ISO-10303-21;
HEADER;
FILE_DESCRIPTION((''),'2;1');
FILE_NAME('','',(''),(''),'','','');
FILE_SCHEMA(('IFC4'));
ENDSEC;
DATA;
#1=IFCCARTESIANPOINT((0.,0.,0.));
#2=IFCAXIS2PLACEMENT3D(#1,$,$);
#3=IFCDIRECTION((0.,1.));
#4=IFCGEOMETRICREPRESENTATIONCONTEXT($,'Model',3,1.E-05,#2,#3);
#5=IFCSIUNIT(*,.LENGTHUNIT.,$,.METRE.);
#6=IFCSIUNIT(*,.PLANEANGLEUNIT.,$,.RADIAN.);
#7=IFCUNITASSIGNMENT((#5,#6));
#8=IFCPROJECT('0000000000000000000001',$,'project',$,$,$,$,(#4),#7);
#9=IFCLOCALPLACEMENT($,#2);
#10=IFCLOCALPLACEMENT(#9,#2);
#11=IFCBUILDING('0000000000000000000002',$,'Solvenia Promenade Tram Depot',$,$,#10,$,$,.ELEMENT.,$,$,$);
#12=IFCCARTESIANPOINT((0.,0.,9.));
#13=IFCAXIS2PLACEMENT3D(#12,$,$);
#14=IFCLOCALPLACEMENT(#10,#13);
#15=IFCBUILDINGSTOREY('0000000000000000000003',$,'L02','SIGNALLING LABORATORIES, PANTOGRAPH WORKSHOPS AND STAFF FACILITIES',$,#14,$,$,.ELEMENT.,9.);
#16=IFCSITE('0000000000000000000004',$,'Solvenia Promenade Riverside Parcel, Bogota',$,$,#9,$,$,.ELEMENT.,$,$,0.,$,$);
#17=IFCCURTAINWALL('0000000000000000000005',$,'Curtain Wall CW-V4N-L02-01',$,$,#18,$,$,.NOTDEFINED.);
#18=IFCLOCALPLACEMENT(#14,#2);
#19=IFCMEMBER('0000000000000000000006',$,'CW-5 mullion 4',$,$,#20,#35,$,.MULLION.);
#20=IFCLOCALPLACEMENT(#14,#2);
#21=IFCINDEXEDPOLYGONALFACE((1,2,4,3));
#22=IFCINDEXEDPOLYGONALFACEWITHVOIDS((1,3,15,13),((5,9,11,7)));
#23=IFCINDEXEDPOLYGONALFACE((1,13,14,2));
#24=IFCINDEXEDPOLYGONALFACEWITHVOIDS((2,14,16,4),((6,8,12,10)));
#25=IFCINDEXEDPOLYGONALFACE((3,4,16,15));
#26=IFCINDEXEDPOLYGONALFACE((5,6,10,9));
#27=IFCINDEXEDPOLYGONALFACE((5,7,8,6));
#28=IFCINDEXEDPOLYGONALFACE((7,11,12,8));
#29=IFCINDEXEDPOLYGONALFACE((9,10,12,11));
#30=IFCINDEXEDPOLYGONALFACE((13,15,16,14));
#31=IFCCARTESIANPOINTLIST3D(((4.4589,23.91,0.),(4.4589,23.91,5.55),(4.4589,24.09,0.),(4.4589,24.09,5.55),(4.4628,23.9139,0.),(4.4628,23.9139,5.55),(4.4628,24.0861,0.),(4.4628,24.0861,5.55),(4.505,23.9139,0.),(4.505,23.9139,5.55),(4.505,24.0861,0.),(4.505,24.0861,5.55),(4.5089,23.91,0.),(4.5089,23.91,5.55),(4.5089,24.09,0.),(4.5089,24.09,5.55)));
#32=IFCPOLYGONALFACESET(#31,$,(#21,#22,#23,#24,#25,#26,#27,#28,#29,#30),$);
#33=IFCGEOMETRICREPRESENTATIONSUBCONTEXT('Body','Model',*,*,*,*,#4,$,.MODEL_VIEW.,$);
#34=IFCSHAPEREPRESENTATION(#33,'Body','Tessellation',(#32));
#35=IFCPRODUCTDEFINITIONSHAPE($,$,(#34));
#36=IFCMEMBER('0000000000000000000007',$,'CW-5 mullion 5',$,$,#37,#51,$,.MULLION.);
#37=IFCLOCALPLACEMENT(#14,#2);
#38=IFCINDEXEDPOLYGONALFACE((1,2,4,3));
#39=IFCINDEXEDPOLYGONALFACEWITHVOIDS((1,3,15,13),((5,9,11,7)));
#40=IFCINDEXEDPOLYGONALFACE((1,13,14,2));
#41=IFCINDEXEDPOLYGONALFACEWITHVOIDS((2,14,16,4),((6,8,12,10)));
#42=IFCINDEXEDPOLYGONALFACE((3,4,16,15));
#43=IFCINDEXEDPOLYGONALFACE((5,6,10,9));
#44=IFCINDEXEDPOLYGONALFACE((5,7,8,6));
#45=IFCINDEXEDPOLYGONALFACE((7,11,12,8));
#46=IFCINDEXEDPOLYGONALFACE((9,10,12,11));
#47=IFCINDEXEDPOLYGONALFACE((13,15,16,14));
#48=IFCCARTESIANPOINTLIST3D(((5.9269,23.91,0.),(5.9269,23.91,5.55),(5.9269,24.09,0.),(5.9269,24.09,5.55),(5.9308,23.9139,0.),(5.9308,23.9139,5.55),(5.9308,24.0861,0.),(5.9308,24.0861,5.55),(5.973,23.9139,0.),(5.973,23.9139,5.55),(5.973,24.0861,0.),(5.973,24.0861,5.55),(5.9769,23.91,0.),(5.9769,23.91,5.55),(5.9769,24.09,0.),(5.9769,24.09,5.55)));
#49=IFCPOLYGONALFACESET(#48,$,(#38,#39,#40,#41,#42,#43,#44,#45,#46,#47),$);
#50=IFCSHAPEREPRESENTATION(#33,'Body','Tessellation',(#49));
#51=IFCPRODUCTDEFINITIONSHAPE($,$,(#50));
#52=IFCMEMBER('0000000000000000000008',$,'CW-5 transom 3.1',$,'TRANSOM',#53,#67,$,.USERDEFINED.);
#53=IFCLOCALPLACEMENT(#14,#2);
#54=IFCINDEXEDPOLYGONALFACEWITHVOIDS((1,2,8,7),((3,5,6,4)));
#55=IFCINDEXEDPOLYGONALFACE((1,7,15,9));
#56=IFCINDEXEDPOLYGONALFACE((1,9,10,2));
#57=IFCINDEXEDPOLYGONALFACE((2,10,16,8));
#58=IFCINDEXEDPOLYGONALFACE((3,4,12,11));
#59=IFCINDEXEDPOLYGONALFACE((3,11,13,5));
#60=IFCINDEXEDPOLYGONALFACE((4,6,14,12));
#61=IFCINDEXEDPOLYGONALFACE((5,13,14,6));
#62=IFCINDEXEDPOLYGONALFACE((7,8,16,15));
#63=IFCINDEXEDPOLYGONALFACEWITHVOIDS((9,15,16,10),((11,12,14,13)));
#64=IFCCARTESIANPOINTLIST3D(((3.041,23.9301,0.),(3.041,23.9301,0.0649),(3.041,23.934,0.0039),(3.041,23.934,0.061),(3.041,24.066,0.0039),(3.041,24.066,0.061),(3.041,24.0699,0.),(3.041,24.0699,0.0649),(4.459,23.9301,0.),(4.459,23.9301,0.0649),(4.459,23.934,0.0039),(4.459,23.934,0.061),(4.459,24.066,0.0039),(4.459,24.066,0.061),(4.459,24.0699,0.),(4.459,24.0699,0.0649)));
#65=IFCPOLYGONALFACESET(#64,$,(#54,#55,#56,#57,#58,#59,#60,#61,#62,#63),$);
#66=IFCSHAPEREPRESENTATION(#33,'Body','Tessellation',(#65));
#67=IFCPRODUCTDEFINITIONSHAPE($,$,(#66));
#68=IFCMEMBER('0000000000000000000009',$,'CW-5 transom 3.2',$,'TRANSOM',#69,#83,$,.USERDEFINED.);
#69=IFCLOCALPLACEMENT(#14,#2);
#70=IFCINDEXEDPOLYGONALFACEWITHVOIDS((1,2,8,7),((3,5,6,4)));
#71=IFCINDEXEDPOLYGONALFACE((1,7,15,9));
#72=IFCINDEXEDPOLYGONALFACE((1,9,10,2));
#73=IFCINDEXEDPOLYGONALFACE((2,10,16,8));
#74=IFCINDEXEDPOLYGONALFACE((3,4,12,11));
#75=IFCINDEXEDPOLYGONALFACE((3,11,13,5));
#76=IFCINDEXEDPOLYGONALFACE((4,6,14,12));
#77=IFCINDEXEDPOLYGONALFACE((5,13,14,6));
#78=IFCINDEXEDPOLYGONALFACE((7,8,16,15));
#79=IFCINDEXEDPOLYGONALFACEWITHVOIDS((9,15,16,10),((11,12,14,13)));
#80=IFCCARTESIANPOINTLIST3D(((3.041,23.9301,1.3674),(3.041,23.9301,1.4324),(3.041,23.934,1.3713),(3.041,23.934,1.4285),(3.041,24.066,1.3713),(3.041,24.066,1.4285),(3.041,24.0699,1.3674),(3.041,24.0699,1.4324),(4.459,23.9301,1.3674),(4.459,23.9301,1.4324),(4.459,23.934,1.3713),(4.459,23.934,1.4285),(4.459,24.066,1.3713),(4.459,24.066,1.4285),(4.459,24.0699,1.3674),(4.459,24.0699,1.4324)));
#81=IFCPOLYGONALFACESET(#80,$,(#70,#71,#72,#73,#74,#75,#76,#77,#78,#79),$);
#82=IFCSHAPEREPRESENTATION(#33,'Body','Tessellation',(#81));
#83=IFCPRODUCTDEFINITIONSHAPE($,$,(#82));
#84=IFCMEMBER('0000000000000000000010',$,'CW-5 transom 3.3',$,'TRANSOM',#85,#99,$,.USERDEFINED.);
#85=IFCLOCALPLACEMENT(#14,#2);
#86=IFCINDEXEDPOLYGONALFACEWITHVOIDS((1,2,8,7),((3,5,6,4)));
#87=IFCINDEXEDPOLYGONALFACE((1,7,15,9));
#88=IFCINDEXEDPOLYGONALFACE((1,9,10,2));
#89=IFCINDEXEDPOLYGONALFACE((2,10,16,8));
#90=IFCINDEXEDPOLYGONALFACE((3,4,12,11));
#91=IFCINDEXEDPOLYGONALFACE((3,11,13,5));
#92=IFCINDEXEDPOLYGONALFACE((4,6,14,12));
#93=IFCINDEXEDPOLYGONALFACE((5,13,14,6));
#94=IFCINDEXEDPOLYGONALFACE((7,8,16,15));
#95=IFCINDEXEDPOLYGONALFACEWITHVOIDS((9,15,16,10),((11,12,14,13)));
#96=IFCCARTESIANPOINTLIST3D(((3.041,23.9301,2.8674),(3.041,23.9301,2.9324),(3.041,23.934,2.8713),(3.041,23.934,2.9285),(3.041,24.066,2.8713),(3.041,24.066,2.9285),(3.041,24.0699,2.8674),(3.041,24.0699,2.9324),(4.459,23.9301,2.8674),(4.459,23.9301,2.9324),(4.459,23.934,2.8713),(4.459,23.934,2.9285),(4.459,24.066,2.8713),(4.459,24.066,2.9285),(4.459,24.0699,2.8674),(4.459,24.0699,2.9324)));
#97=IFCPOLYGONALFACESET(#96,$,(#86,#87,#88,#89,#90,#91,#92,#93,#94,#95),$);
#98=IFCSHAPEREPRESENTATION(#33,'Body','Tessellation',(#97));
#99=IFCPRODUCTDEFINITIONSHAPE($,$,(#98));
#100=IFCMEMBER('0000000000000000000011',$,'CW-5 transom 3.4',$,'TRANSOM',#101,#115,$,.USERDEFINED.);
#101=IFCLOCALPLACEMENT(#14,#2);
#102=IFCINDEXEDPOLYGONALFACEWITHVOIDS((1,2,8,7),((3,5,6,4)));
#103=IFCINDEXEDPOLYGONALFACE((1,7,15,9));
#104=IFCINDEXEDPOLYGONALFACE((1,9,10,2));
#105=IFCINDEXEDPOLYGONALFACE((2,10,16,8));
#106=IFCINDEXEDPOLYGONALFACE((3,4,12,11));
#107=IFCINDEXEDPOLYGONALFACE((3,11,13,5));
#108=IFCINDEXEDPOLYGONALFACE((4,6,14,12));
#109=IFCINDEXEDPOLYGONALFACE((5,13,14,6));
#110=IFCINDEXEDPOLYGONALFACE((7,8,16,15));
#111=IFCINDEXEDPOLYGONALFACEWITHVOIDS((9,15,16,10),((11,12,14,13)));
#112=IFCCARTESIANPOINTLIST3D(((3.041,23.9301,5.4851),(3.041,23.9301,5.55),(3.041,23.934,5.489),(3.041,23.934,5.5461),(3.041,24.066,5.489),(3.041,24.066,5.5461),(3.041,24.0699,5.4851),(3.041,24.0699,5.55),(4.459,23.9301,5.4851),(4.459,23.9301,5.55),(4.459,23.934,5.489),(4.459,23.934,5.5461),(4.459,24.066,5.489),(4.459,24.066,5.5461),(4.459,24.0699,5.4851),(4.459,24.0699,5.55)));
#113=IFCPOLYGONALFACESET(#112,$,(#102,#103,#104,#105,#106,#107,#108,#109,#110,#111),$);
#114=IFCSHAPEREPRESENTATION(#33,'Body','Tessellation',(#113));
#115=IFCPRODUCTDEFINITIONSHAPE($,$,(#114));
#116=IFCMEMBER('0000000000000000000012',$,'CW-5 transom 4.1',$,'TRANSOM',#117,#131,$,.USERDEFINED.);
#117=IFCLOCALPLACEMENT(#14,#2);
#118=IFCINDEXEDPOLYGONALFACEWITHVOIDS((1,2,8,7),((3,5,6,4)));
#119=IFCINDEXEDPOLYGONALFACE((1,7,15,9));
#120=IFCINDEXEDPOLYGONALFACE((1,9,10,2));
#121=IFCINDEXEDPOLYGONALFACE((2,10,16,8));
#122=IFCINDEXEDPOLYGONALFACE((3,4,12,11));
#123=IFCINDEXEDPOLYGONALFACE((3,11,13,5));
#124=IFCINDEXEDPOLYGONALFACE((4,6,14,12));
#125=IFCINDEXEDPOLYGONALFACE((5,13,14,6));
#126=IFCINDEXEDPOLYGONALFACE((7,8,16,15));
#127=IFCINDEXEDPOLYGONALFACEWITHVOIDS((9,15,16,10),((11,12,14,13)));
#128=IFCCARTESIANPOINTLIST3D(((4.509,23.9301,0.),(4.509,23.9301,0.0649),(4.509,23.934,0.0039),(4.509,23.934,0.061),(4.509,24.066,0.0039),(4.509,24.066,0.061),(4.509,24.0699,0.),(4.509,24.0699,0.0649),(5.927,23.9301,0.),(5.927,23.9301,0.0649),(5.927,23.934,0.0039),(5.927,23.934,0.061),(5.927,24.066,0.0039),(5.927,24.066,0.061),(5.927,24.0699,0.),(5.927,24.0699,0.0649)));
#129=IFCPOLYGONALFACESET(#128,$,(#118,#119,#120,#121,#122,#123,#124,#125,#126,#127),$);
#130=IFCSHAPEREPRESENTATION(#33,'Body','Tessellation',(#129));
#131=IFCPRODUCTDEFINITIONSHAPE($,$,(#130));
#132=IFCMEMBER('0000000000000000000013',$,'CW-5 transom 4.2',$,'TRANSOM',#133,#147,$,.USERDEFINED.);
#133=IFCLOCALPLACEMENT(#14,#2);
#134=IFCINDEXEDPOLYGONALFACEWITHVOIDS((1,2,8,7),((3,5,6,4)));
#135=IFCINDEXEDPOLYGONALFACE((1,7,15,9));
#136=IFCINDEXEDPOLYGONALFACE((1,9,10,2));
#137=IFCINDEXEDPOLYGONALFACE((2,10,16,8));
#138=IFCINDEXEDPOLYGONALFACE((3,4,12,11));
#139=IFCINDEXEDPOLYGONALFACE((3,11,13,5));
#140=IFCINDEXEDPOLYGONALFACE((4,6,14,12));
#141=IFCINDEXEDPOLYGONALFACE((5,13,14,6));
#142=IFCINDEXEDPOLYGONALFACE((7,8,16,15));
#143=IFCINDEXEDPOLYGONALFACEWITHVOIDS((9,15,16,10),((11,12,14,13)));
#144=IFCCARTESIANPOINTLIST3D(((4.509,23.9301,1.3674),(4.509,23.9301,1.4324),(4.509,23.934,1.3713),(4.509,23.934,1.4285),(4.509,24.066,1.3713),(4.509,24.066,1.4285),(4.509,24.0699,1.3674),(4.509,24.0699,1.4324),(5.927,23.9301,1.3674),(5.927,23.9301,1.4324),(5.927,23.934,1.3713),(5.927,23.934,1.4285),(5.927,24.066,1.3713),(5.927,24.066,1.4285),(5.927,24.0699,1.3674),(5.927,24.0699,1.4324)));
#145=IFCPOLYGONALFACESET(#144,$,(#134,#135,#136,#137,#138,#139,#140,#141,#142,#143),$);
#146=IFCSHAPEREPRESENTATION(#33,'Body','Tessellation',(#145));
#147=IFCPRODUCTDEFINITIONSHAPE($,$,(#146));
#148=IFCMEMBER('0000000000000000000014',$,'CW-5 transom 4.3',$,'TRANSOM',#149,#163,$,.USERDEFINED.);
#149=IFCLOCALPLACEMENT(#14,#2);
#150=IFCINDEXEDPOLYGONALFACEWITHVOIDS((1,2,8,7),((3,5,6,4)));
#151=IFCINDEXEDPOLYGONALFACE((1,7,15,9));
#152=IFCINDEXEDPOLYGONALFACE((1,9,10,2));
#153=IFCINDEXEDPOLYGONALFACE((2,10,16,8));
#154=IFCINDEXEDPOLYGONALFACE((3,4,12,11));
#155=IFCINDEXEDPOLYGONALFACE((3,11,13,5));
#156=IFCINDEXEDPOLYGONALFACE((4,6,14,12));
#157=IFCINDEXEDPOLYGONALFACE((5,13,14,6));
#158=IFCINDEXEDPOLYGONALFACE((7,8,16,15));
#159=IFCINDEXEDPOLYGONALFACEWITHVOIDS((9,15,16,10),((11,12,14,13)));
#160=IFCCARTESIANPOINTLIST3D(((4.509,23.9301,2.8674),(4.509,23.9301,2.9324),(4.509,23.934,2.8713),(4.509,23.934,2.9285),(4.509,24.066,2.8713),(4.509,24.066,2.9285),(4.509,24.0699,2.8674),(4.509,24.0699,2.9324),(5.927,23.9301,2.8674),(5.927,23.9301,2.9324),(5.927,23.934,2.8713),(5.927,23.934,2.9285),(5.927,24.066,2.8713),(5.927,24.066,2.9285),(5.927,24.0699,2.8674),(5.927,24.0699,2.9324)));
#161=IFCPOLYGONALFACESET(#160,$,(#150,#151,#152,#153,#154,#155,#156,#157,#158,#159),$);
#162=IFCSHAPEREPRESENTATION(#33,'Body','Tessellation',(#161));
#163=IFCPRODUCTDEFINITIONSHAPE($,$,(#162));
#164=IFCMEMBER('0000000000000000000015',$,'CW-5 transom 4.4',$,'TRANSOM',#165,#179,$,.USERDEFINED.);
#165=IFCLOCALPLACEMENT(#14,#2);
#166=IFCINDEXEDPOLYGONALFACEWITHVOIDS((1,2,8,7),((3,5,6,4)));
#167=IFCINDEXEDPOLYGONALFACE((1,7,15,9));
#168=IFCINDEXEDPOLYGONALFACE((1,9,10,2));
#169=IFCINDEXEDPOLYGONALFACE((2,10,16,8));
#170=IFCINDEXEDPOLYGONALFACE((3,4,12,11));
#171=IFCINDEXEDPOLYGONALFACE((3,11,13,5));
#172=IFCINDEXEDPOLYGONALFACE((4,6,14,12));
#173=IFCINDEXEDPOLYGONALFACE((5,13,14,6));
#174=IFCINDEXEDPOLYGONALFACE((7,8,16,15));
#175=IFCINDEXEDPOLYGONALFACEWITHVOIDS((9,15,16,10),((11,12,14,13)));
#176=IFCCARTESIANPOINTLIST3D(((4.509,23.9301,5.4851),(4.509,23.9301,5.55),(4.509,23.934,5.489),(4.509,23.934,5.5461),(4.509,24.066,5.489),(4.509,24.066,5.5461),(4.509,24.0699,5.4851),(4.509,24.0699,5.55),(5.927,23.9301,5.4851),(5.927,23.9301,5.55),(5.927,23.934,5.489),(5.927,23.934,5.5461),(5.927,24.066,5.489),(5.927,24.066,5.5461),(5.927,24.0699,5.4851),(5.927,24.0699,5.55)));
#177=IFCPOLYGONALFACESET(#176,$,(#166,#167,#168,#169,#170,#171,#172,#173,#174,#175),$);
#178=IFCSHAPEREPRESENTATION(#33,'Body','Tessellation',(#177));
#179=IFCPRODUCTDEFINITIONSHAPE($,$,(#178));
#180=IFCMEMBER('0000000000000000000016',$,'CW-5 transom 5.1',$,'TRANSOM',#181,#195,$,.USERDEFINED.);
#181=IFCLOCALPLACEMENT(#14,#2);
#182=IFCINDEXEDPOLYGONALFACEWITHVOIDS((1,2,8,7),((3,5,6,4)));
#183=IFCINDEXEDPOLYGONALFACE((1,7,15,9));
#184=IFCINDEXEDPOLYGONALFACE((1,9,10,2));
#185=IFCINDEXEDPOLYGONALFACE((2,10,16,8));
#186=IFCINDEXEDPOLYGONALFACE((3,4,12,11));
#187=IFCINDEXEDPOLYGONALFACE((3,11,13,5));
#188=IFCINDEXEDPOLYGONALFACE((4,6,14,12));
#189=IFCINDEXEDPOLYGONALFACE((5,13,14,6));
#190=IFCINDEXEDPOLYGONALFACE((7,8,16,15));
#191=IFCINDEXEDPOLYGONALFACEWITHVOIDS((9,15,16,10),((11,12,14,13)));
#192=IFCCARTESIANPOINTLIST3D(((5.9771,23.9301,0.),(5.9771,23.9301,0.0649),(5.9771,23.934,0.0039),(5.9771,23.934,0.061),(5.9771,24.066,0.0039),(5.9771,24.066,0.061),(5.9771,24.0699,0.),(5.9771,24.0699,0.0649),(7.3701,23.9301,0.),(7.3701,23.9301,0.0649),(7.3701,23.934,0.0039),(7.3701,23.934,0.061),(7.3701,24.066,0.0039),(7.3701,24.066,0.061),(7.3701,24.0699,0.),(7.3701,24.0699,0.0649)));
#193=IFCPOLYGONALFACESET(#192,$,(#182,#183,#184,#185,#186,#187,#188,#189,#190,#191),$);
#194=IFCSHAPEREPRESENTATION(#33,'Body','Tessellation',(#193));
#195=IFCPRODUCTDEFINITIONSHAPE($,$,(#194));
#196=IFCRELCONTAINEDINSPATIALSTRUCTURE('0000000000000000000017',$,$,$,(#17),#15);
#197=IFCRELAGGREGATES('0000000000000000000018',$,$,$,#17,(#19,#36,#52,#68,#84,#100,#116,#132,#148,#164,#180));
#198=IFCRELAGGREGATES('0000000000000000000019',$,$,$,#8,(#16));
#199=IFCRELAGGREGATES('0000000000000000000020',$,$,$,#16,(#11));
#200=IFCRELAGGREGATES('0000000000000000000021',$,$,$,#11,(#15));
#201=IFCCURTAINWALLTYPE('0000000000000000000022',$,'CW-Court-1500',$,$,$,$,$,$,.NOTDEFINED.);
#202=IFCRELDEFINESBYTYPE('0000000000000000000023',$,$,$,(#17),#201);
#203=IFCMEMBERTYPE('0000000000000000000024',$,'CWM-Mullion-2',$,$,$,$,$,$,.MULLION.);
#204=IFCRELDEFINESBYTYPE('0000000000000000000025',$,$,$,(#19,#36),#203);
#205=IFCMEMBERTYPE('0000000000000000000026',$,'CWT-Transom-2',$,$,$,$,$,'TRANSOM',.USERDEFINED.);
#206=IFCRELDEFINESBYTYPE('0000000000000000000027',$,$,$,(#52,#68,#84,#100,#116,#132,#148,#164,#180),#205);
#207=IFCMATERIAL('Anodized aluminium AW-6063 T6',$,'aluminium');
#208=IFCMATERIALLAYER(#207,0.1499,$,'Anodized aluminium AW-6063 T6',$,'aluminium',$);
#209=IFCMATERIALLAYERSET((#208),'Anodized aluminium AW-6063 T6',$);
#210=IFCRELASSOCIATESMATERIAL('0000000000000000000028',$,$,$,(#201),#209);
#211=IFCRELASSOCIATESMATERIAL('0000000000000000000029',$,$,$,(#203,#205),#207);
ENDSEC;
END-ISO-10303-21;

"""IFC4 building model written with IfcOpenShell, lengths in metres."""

from ifc_helpers import new_model, si_unit, direction, frame, origin, origin_2d, place, context, subcontext, project, spatial, hollow_rectangle, extrude, material, layer, layer_set, material_profile, profile_set, type_object, element, aggregate, save


model = new_model("IFC4")

# Units and contexts
model_context = context("Model", 3, precision=1e-05, world=origin(), true_north=direction((0.0, 1.0)))
body_context = subcontext(model_context, "Body", "Model", "MODEL_VIEW")
ifc_project = project(units=[si_unit("LENGTHUNIT", "METRE"), si_unit("PLANEANGLEUNIT", "RADIAN")], contexts=[model_context])

# Site, building, storey
site_placement = place(None, origin())
site = spatial("IfcSite", under=ifc_project, at=site_placement, Name="Solvenia Promenade Riverside Parcel, Bogota", CompositionType="ELEMENT", RefElevation=0.0)
building_placement = place(site_placement, origin())
building = spatial("IfcBuilding", under=site, at=building_placement, Name="Solvenia Promenade Tram Depot", CompositionType="ELEMENT")
storey_placement = place(building_placement, frame((0.0, 0.0, 9.0)))
storey = spatial("IfcBuildingStorey", under=building, at=storey_placement, Name="L02", Description="SIGNALLING LABORATORIES, PANTOGRAPH WORKSHOPS AND STAFF FACILITIES", CompositionType="ELEMENT", Elevation=9.0)

# Curtain wall, members
ifc_material_1 = material(Name="Anodized aluminium AW-6063 T6", Category="aluminium")
ifc_layer_1 = layer(ifc_material_1, 0.1499, Name="Anodized aluminium AW-6063 T6", Category="aluminium")
ifc_layer_set_1 = layer_set([ifc_layer_1], Name="Anodized aluminium AW-6063 T6")
curtain_wall_type = type_object("IfcCurtainWallType", Name="CW-Court-1500", PredefinedType="NOTDEFINED", material=ifc_layer_set_1)
curtain_wall_placement = place(storey_placement, origin())
curtain_wall = element("IfcCurtainWall", 1, at=curtain_wall_placement, inside=storey, type_object=curtain_wall_type, Name="Curtain Wall CW-V4N-L02-01", PredefinedType="NOTDEFINED")
ifc_material_profile_1 = material_profile(ifc_material_1, hollow_rectangle(XDim=0.1799, YDim=0.05, WallThickness=0.0039, at=origin_2d()), Name="ALU-M2", Category="aluminium")
ifc_profile_set_1 = profile_set([ifc_material_profile_1], Name="Anodized aluminium AW-6063 T6")
member_type_1 = type_object("IfcMemberType", Name="CWM-Mullion-2", PredefinedType="MULLION", material=ifc_profile_set_1)
member_1_placement = place(storey_placement, frame((4.4839, 24.0, 0.0), z_axis=(0.0, 0.0, 1.0), x_axis=(0.0, 1.0, 0.0)))
member_1 = element("IfcMember", 2, at=member_1_placement, type_object=member_type_1, Name="CW-5 mullion 4", PredefinedType="MULLION", context=body_context, shape_type="SweptSolid", body=[
    extrude(hollow_rectangle(XDim=0.1799, YDim=0.05, WallThickness=0.0039, at=origin_2d()), origin(), (0.0, 0.0, 1.0), 5.55),
])
member_2_placement = place(storey_placement, frame((5.9519, 24.0, 0.0), z_axis=(0.0, 0.0, 1.0), x_axis=(0.0, 1.0, 0.0)))
member_2 = element("IfcMember", 3, at=member_2_placement, type_object=member_type_1, Name="CW-5 mullion 5", PredefinedType="MULLION", context=body_context, shape_type="SweptSolid", body=[
    extrude(hollow_rectangle(XDim=0.1799, YDim=0.05, WallThickness=0.0039, at=origin_2d()), origin(), (0.0, 0.0, 1.0), 5.55),
])
ifc_material_profile_2 = material_profile(ifc_material_1, hollow_rectangle(XDim=0.1399, YDim=0.0649, WallThickness=0.0039, at=origin_2d()), Name="ALU-T2", Category="aluminium")
ifc_profile_set_2 = profile_set([ifc_material_profile_2], Name="Anodized aluminium AW-6063 T6")
member_type_2 = type_object("IfcMemberType", Name="CWT-Transom-2", ElementType="TRANSOM", PredefinedType="USERDEFINED", material=ifc_profile_set_2)
member_3_placement = place(storey_placement, frame((3.041, 24.0, 0.0325), z_axis=(1.0, 0.0, 0.0), x_axis=(0.0, 1.0, 0.0)))
member_3 = element("IfcMember", 4, at=member_3_placement, type_object=member_type_2, Name="CW-5 transom 3.1", ObjectType="TRANSOM", PredefinedType="USERDEFINED", context=body_context, shape_type="SweptSolid", body=[
    extrude(hollow_rectangle(XDim=0.1399, YDim=0.0649, WallThickness=0.0039, at=origin_2d()), origin(), (0.0, 0.0, 1.0), 1.418),
])
member_4_placement = place(storey_placement, frame((3.041, 24.0, 1.3999), z_axis=(1.0, 0.0, 0.0), x_axis=(0.0, 1.0, 0.0)))
member_4 = element("IfcMember", 5, at=member_4_placement, type_object=member_type_2, Name="CW-5 transom 3.2", ObjectType="TRANSOM", PredefinedType="USERDEFINED", context=body_context, shape_type="SweptSolid", body=[
    extrude(hollow_rectangle(XDim=0.1399, YDim=0.0649, WallThickness=0.0039, at=origin_2d()), origin(), (0.0, 0.0, 1.0), 1.418),
])
member_5_placement = place(storey_placement, frame((3.041, 24.0, 2.8999), z_axis=(1.0, 0.0, 0.0), x_axis=(0.0, 1.0, 0.0)))
member_5 = element("IfcMember", 6, at=member_5_placement, type_object=member_type_2, Name="CW-5 transom 3.3", ObjectType="TRANSOM", PredefinedType="USERDEFINED", context=body_context, shape_type="SweptSolid", body=[
    extrude(hollow_rectangle(XDim=0.1399, YDim=0.0649, WallThickness=0.0039, at=origin_2d()), origin(), (0.0, 0.0, 1.0), 1.418),
])
member_6_placement = place(storey_placement, frame((3.041, 24.0, 5.5176), z_axis=(1.0, 0.0, 0.0), x_axis=(0.0, 1.0, 0.0)))
member_6 = element("IfcMember", 7, at=member_6_placement, type_object=member_type_2, Name="CW-5 transom 3.4", ObjectType="TRANSOM", PredefinedType="USERDEFINED", context=body_context, shape_type="SweptSolid", body=[
    extrude(hollow_rectangle(XDim=0.1399, YDim=0.0649, WallThickness=0.0039, at=origin_2d()), origin(), (0.0, 0.0, 1.0), 1.418),
])
member_7_placement = place(storey_placement, frame((4.509, 24.0, 0.0325), z_axis=(1.0, 0.0, 0.0), x_axis=(0.0, 1.0, 0.0)))
member_7 = element("IfcMember", 8, at=member_7_placement, type_object=member_type_2, Name="CW-5 transom 4.1", ObjectType="TRANSOM", PredefinedType="USERDEFINED", context=body_context, shape_type="SweptSolid", body=[
    extrude(hollow_rectangle(XDim=0.1399, YDim=0.0649, WallThickness=0.0039, at=origin_2d()), origin(), (0.0, 0.0, 1.0), 1.418),
])
member_8_placement = place(storey_placement, frame((4.509, 24.0, 1.3999), z_axis=(1.0, 0.0, 0.0), x_axis=(0.0, 1.0, 0.0)))
member_8 = element("IfcMember", 9, at=member_8_placement, type_object=member_type_2, Name="CW-5 transom 4.2", ObjectType="TRANSOM", PredefinedType="USERDEFINED", context=body_context, shape_type="SweptSolid", body=[
    extrude(hollow_rectangle(XDim=0.1399, YDim=0.0649, WallThickness=0.0039, at=origin_2d()), origin(), (0.0, 0.0, 1.0), 1.418),
])
member_9_placement = place(storey_placement, frame((4.509, 24.0, 2.8999), z_axis=(1.0, 0.0, 0.0), x_axis=(0.0, 1.0, 0.0)))
member_9 = element("IfcMember", 10, at=member_9_placement, type_object=member_type_2, Name="CW-5 transom 4.3", ObjectType="TRANSOM", PredefinedType="USERDEFINED", context=body_context, shape_type="SweptSolid", body=[
    extrude(hollow_rectangle(XDim=0.1399, YDim=0.0649, WallThickness=0.0039, at=origin_2d()), origin(), (0.0, 0.0, 1.0), 1.418),
])
member_10_placement = place(storey_placement, frame((4.509, 24.0, 5.5176), z_axis=(1.0, 0.0, 0.0), x_axis=(0.0, 1.0, 0.0)))
member_10 = element("IfcMember", 11, at=member_10_placement, type_object=member_type_2, Name="CW-5 transom 4.4", ObjectType="TRANSOM", PredefinedType="USERDEFINED", context=body_context, shape_type="SweptSolid", body=[
    extrude(hollow_rectangle(XDim=0.1399, YDim=0.0649, WallThickness=0.0039, at=origin_2d()), origin(), (0.0, 0.0, 1.0), 1.418),
])
member_11_placement = place(storey_placement, frame((5.9771, 24.0, 0.0325), z_axis=(1.0, 0.0, 0.0), x_axis=(0.0, 1.0, 0.0)))
member_11 = element("IfcMember", 12, at=member_11_placement, type_object=member_type_2, Name="CW-5 transom 5.1", ObjectType="TRANSOM", PredefinedType="USERDEFINED", context=body_context, shape_type="SweptSolid", body=[
    extrude(hollow_rectangle(XDim=0.1399, YDim=0.0649, WallThickness=0.0039, at=origin_2d()), origin(), (0.0, 0.0, 1.0), 1.3931),
])

aggregate(curtain_wall, [member_1, member_2, member_3, member_4, member_5, member_6, member_7, member_8, member_9, member_10, member_11])

save(model, "model.ifc")
